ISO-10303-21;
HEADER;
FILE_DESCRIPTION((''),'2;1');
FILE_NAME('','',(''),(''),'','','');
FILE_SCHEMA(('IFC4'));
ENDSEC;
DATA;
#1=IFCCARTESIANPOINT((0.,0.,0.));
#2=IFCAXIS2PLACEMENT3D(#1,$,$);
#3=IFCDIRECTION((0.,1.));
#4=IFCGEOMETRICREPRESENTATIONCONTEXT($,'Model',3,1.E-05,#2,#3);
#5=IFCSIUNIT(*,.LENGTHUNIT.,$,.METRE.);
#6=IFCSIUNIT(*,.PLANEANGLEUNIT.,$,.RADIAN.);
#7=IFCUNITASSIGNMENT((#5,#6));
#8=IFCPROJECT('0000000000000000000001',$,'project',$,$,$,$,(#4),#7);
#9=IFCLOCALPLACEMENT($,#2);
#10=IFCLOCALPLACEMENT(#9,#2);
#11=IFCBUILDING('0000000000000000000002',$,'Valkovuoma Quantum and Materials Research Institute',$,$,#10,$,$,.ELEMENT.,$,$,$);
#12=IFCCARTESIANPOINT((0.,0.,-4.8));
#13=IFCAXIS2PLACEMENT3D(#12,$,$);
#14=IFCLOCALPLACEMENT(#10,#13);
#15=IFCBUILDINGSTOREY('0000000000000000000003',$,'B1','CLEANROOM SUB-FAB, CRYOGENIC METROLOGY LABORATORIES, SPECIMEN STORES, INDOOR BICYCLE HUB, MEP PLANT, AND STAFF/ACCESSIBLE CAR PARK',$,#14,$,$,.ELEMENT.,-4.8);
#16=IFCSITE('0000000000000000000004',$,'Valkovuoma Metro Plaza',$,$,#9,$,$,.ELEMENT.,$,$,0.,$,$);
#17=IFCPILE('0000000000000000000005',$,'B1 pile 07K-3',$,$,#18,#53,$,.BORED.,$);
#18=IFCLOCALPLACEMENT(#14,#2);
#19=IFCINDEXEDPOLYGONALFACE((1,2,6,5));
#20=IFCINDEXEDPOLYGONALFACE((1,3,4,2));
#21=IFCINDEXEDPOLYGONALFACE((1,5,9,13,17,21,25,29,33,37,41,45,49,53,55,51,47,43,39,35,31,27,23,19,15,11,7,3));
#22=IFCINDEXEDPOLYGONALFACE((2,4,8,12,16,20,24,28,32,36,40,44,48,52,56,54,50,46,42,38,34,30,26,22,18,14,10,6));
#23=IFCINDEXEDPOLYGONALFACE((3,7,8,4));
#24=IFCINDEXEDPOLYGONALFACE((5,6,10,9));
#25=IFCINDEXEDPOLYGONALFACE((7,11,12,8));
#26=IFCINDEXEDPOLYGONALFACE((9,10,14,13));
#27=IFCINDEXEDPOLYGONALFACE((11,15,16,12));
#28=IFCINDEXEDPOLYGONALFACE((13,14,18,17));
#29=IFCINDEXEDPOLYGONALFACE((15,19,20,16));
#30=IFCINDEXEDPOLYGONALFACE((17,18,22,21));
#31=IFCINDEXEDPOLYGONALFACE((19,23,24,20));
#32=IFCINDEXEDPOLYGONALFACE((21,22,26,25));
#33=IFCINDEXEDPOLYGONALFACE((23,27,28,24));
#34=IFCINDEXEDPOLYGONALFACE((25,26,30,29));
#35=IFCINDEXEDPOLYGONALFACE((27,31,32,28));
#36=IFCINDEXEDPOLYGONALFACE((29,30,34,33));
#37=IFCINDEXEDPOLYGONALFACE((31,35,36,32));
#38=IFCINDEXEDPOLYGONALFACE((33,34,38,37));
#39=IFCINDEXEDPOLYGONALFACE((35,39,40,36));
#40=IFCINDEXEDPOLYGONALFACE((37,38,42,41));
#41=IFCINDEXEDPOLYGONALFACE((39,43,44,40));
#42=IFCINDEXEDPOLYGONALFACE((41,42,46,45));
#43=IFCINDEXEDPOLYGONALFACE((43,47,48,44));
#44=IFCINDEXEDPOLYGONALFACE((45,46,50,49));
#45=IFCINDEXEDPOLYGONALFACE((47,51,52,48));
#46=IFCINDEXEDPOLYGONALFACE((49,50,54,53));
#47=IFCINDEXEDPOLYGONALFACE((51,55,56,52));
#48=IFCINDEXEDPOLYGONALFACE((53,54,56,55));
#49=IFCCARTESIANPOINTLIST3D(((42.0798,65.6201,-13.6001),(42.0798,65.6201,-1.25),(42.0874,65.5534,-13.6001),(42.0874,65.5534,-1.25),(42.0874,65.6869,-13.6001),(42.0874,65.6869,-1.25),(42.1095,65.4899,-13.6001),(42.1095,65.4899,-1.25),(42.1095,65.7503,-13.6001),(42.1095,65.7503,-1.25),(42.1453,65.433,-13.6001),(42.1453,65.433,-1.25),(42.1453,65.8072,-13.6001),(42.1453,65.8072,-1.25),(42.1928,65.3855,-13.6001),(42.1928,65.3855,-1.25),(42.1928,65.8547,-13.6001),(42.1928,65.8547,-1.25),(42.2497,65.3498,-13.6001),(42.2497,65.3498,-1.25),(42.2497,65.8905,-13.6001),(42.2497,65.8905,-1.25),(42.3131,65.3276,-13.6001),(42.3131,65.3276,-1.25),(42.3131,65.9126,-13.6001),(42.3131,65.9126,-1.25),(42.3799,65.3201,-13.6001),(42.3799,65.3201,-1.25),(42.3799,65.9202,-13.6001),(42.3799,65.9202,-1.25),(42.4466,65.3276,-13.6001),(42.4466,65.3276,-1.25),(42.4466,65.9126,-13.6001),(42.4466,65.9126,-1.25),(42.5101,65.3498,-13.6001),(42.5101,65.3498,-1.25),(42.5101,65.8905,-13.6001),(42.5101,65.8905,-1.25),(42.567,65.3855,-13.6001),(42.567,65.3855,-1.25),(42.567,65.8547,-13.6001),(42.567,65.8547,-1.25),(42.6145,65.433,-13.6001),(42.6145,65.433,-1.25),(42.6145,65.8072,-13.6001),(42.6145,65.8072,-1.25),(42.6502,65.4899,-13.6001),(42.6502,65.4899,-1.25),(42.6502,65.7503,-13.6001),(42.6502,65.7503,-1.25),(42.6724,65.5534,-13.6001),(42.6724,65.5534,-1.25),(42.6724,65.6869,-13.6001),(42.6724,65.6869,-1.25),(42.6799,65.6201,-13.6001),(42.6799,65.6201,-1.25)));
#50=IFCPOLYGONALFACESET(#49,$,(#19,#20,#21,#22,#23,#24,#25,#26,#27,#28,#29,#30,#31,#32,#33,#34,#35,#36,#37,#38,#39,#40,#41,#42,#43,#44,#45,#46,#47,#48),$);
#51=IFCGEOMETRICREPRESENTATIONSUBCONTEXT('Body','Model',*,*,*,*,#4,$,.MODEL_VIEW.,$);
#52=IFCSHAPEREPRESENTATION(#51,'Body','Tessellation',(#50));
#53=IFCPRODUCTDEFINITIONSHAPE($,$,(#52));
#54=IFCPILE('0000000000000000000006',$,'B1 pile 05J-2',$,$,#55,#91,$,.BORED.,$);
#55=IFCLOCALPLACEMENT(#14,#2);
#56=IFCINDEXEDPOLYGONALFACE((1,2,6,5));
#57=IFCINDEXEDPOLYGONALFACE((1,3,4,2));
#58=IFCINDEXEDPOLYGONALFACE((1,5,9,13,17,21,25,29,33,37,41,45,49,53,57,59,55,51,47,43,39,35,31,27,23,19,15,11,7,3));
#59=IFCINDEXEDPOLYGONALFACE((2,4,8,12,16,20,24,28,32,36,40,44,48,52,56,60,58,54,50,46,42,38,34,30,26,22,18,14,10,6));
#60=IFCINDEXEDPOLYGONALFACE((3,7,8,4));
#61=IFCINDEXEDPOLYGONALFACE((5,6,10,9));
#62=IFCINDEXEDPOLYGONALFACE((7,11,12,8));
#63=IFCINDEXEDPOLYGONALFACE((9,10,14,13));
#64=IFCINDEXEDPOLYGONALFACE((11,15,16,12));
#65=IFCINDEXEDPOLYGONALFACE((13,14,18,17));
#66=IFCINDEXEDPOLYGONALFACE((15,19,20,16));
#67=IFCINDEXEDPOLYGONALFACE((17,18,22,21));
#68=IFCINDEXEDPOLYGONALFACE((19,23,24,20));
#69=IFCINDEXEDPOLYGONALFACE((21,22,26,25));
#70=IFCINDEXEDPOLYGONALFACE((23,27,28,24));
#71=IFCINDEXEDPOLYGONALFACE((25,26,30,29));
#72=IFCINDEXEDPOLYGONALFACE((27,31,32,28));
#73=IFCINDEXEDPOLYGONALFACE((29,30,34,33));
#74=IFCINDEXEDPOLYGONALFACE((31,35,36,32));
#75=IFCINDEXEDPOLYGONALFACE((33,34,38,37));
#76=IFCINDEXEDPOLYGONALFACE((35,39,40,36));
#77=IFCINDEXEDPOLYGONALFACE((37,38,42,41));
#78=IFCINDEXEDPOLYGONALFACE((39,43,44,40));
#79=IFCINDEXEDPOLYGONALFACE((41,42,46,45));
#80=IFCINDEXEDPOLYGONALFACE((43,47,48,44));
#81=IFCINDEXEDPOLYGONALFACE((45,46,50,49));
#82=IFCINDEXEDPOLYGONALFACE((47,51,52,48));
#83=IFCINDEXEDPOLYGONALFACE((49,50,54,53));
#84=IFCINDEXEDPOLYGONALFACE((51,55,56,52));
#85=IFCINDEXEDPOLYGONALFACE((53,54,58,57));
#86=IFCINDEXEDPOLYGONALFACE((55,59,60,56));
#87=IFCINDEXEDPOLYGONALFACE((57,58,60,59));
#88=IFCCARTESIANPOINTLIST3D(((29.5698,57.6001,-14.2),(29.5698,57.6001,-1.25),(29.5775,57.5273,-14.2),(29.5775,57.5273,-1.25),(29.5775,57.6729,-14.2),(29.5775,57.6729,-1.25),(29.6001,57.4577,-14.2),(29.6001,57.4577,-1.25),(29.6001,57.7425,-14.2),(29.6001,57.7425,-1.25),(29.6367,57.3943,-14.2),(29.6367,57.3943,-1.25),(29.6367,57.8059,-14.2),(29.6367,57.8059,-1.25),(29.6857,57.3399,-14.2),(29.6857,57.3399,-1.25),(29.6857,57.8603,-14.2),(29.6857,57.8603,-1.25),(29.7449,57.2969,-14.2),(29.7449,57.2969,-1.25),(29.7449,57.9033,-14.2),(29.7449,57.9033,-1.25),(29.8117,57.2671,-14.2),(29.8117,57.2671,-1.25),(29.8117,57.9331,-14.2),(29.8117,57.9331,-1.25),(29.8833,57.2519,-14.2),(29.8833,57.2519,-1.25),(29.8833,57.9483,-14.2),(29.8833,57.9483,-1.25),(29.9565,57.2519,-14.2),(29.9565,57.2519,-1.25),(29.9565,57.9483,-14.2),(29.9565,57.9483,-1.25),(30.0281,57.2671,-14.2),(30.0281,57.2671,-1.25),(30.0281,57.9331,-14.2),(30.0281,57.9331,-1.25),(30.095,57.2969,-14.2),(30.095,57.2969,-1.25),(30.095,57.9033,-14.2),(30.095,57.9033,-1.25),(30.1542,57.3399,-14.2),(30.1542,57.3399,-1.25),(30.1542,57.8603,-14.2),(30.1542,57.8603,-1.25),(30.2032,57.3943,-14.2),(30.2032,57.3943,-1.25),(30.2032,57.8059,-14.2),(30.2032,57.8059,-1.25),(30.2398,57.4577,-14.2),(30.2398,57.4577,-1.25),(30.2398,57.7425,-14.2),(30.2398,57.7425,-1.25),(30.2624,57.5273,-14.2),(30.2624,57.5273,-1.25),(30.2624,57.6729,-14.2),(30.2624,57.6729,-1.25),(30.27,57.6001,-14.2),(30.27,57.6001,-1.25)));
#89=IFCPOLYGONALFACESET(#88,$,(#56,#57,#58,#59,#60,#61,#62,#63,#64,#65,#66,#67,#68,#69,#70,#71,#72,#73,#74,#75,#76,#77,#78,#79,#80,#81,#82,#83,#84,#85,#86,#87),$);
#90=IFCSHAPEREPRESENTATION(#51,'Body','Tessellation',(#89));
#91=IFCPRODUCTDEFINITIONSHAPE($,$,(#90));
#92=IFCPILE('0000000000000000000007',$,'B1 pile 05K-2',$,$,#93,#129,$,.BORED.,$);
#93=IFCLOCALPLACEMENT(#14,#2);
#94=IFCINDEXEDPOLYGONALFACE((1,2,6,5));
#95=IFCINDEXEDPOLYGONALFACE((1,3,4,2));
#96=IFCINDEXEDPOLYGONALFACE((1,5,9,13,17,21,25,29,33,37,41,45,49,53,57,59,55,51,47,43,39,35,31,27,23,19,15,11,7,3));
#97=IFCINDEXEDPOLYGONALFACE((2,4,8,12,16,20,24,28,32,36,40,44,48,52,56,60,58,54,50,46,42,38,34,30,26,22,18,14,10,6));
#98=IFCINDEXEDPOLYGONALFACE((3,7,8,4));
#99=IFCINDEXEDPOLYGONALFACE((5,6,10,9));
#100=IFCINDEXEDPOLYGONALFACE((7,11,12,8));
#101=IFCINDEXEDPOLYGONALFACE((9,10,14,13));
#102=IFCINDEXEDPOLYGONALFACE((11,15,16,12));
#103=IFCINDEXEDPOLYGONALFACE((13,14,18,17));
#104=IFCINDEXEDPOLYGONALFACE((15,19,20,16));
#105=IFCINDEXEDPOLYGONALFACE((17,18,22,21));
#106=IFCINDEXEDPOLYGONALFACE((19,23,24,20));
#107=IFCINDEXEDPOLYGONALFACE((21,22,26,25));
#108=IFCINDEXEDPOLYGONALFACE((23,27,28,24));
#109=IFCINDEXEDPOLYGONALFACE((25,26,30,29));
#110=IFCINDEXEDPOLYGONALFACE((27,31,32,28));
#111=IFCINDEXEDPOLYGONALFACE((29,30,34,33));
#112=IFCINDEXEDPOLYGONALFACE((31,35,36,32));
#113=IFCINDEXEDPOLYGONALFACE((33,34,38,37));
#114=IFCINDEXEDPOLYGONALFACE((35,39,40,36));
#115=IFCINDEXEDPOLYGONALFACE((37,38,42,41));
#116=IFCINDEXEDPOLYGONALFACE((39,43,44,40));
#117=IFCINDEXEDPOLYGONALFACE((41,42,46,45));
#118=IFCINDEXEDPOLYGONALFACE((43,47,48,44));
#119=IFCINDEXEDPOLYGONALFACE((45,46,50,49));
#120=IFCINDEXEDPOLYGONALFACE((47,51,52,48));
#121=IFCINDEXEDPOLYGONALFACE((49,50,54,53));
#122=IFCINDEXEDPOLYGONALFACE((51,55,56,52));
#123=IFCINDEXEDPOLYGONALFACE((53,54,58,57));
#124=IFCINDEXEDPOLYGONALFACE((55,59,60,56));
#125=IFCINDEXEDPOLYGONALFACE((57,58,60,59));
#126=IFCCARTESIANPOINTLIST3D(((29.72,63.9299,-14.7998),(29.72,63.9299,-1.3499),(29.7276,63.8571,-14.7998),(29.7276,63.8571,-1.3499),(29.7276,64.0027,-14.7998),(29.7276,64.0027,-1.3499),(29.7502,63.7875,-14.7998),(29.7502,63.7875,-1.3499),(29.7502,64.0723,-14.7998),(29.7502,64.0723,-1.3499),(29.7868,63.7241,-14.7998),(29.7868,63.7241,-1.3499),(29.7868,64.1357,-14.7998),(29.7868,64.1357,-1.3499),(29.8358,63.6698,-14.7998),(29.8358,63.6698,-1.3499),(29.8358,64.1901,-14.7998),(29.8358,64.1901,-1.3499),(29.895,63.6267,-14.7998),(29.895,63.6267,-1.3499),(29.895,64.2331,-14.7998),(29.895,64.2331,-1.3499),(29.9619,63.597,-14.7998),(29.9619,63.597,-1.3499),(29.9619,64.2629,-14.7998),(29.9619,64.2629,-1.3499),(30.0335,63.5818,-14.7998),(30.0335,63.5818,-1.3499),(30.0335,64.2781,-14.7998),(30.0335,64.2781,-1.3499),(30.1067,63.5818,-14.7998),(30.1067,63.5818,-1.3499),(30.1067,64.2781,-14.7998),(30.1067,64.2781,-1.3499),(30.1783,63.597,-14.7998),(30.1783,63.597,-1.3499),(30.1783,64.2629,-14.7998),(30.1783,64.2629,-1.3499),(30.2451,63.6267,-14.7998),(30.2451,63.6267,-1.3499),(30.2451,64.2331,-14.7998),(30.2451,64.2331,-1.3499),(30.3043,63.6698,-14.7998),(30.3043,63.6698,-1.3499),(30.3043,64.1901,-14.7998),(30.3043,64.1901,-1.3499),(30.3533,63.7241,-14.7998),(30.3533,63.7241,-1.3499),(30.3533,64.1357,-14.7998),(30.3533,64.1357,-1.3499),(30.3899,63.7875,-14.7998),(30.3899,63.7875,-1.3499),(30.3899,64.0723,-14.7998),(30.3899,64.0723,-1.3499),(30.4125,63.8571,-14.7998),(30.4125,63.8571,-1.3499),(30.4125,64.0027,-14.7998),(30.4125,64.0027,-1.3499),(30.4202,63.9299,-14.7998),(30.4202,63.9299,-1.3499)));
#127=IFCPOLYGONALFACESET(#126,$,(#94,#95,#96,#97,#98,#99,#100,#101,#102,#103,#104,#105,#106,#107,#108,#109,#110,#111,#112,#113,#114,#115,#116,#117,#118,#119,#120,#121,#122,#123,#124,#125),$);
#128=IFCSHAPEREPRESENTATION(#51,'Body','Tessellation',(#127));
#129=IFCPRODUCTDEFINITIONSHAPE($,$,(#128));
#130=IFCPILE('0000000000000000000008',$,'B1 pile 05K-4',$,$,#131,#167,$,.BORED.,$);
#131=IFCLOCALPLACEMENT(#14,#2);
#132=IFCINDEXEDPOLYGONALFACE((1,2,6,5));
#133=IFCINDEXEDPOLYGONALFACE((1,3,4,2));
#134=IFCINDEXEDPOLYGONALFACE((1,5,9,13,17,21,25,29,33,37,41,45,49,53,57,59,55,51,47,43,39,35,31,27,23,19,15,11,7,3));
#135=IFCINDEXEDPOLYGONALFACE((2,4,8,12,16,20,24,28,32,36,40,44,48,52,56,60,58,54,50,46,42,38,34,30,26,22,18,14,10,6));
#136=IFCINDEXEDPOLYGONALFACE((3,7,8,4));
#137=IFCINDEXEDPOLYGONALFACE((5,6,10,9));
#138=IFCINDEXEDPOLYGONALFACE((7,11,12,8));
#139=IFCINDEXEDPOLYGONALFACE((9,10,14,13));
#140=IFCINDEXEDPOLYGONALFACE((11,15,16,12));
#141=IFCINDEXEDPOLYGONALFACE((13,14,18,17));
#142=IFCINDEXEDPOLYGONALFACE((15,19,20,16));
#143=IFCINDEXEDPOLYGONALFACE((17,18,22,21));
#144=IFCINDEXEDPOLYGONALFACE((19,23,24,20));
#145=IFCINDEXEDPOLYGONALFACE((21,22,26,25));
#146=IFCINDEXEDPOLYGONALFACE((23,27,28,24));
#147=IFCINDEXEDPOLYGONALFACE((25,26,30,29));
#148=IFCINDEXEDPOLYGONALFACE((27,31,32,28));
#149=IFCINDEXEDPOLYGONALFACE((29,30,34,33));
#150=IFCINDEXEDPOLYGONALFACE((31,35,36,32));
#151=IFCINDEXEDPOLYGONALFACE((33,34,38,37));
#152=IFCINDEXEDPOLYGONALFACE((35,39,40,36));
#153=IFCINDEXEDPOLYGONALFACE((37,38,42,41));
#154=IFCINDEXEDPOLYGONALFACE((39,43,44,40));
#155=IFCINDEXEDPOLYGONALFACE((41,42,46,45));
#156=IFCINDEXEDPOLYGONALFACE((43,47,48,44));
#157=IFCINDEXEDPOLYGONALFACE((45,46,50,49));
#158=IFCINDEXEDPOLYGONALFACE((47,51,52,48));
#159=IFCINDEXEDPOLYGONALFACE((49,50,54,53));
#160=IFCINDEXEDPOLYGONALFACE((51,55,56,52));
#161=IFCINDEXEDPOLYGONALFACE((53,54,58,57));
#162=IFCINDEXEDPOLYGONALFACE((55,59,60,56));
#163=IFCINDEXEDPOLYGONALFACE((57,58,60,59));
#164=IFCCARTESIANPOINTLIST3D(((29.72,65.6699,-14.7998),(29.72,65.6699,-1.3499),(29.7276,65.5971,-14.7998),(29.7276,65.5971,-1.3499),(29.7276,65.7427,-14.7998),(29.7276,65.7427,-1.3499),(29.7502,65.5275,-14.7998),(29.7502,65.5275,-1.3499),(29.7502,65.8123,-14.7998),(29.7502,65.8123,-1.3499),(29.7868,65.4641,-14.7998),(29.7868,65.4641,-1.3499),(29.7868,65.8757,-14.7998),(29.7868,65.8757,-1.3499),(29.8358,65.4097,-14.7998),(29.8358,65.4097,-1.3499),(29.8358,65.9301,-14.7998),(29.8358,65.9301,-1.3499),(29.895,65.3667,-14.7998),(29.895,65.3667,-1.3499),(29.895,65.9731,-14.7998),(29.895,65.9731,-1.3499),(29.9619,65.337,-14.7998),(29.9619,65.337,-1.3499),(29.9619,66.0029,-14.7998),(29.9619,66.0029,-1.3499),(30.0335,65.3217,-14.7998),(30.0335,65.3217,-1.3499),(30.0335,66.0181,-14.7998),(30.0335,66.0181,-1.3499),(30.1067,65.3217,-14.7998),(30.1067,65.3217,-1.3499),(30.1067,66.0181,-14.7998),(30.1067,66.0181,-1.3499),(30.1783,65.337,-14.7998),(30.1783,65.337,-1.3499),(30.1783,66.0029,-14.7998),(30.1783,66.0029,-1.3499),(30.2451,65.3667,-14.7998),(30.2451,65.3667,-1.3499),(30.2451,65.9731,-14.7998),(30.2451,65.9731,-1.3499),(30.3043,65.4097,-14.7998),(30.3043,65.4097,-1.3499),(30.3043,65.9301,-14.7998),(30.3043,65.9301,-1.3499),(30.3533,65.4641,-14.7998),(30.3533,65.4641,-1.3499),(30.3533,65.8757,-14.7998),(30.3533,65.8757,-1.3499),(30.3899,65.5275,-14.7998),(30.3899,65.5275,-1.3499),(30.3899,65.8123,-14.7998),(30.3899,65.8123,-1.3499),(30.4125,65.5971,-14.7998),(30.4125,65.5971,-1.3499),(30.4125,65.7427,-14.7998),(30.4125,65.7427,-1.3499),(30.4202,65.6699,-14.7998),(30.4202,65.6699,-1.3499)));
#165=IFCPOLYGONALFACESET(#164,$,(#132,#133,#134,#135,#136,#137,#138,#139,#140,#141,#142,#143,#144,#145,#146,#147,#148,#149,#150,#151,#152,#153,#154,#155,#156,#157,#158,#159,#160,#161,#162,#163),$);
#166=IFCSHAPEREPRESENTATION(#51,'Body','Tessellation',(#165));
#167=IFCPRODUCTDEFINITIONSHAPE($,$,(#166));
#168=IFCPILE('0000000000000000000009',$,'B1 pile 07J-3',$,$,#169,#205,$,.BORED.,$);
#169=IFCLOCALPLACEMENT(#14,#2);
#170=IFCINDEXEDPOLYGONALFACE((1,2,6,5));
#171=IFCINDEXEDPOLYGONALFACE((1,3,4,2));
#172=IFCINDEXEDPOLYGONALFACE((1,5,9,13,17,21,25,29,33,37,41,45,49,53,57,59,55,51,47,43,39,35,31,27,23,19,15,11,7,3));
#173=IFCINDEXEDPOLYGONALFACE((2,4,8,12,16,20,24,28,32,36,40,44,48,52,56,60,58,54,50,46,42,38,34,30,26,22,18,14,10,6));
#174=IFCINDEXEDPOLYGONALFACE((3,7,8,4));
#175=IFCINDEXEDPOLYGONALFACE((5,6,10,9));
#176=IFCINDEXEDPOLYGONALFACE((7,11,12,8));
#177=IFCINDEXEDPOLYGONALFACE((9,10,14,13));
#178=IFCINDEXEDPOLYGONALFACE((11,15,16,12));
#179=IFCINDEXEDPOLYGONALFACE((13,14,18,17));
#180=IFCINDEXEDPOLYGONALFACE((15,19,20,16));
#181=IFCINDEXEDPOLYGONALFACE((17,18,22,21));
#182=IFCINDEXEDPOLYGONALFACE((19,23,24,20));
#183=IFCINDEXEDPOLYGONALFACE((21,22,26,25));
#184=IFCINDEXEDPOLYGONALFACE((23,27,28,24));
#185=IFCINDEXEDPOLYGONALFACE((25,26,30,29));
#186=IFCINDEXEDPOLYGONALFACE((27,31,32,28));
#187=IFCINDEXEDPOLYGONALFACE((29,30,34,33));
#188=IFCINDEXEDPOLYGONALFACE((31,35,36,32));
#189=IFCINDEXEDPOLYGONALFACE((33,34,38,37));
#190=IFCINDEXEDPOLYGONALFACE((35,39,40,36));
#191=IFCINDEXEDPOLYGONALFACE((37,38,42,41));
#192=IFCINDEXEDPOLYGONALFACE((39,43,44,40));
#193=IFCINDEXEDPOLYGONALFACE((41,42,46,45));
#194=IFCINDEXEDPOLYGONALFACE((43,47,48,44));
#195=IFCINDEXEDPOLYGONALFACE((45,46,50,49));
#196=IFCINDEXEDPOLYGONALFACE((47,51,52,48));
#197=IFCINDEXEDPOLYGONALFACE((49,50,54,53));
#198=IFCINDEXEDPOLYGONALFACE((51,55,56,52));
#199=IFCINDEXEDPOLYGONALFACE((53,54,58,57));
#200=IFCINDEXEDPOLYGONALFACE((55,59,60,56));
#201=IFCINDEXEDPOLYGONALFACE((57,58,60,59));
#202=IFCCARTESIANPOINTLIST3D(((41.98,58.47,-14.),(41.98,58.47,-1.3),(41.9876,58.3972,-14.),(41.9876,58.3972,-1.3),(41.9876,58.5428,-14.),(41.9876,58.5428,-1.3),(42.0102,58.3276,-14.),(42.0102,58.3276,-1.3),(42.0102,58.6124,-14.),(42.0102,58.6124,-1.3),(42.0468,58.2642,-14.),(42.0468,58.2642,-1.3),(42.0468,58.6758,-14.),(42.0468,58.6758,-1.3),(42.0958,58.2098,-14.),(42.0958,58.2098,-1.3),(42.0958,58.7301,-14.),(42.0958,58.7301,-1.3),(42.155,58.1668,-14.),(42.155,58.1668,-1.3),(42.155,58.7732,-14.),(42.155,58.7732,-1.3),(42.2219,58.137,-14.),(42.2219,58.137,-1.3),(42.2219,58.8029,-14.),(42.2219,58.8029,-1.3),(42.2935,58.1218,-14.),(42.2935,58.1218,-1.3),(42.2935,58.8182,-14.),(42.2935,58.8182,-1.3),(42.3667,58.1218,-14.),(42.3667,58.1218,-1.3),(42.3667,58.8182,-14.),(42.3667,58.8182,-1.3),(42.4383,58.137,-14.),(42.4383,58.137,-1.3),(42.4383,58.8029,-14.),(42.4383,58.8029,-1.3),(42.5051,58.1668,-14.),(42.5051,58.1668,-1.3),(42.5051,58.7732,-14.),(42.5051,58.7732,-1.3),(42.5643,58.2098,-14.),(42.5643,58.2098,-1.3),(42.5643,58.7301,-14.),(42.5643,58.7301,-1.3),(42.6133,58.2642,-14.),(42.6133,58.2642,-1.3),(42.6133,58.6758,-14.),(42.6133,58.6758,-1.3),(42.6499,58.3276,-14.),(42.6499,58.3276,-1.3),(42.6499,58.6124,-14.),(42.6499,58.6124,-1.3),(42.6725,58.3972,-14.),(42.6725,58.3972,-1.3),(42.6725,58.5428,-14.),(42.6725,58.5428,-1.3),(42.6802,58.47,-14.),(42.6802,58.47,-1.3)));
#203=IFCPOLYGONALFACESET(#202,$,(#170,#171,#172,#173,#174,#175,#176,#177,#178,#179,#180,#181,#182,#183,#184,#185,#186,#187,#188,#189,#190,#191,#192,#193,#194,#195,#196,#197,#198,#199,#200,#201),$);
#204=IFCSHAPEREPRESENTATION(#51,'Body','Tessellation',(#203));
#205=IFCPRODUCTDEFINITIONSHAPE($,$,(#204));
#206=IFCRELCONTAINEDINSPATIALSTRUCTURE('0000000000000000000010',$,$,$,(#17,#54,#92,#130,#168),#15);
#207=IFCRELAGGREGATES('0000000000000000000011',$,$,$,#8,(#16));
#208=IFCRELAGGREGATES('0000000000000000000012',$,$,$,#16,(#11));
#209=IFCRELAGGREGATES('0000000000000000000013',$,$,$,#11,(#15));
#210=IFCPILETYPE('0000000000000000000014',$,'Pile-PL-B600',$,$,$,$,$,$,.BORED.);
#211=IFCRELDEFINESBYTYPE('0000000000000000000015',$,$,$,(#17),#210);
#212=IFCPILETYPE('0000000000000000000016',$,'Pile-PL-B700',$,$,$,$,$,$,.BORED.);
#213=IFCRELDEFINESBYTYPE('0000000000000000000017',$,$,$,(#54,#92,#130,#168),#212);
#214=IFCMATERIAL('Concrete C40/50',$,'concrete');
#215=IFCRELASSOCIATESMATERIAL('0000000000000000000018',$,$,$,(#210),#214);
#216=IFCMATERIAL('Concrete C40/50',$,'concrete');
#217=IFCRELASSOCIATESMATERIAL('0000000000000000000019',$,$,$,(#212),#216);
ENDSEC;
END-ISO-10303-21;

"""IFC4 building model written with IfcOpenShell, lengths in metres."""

from ifc_helpers import new_model, si_unit, direction, frame, origin, origin_2d, place, context, subcontext, project, spatial, circle, extrude, material, material_profile, profile_set, type_object, element, save


model = new_model("IFC4")

# Units and contexts
model_context = context("Model", 3, precision=1e-05, world=origin(), true_north=direction((0.0, 1.0)))
body_context = subcontext(model_context, "Body", "Model", "MODEL_VIEW")
ifc_project = project(units=[si_unit("LENGTHUNIT", "METRE"), si_unit("PLANEANGLEUNIT", "RADIAN")], contexts=[model_context])

# Site, building, storey
site_placement = place(None, origin())
site = spatial("IfcSite", under=ifc_project, at=site_placement, Name="Valkovuoma Metro Plaza", CompositionType="ELEMENT", RefElevation=0.0)
building_placement = place(site_placement, origin())
building = spatial("IfcBuilding", under=site, at=building_placement, Name="Valkovuoma Quantum and Materials Research Institute", CompositionType="ELEMENT")
storey_placement = place(building_placement, frame((0.0, 0.0, -4.8)))
storey = spatial("IfcBuildingStorey", under=building, at=storey_placement, Name="B1", Description="CLEANROOM SUB-FAB, CRYOGENIC METROLOGY LABORATORIES, SPECIMEN STORES, INDOOR BICYCLE HUB, MEP PLANT, AND STAFF/ACCESSIBLE CAR PARK", CompositionType="ELEMENT", Elevation=-4.8)

# Piles
ifc_material_1 = material(Name="Concrete C40/50", Category="concrete")
ifc_material_profile_1 = material_profile(ifc_material_1, circle(Radius=0.3, at=origin_2d()), Name="Concrete C40/50")
ifc_profile_set_1 = profile_set([ifc_material_profile_1], Name="Concrete C40/50")
pile_type_1 = type_object("IfcPileType", Name="Pile-PL-B600", PredefinedType="BORED", material=ifc_profile_set_1)
for number, where, z_axis, x_axis, name in (
    (1, (42.3799, 65.6201, -1.25), (0.0, 0.0, -1.0), (1.0, 0.0, 0.0), "B1 pile 07K-3"),
):
    element("IfcPile", number, at=place(storey_placement, frame(where, z_axis=z_axis, x_axis=x_axis)), inside=storey, type_object=pile_type_1, Name=name, PredefinedType="BORED", context=body_context, shape_type="SweptSolid", body=[
        extrude(circle(Radius=0.3, at=origin_2d()), origin(), (0.0, 0.0, 1.0), 12.3501),
    ])
ifc_material_2 = material(Name="Concrete C40/50", Category="concrete")
ifc_material_profile_2 = material_profile(ifc_material_2, circle(Radius=0.3501, at=origin_2d()), Name="Concrete C40/50")
ifc_profile_set_2 = profile_set([ifc_material_profile_2], Name="Concrete C40/50")
pile_type_2 = type_object("IfcPileType", Name="Pile-PL-B700", PredefinedType="BORED", material=ifc_profile_set_2)
pile_1_placement = place(storey_placement, frame((29.9199, 57.6001, -1.25), z_axis=(0.0, 0.0, -1.0), x_axis=(1.0, 0.0, 0.0)))
element("IfcPile", 2, at=pile_1_placement, inside=storey, type_object=pile_type_2, Name="B1 pile 05J-2", PredefinedType="BORED", context=body_context, shape_type="SweptSolid", body=[
    extrude(circle(Radius=0.3501, at=origin_2d()), origin(), (0.0, 0.0, 1.0), 12.95),
])
for number, where, z_axis, x_axis, name in (
    (3, (30.0701, 63.9299, -1.3499), (0.0, 0.0, -1.0), (1.0, 0.0, 0.0), "B1 pile 05K-2"),
    (4, (30.0701, 65.6699, -1.3499), (0.0, 0.0, -1.0), (1.0, 0.0, 0.0), "B1 pile 05K-4"),
):
    element("IfcPile", number, at=place(storey_placement, frame(where, z_axis=z_axis, x_axis=x_axis)), inside=storey, type_object=pile_type_2, Name=name, PredefinedType="BORED", context=body_context, shape_type="SweptSolid", body=[
        extrude(circle(Radius=0.3501, at=origin_2d()), origin(), (0.0, 0.0, 1.0), 13.45),
    ])
pile_2_placement = place(storey_placement, frame((42.3301, 58.47, -1.3), z_axis=(0.0, 0.0, -1.0), x_axis=(1.0, 0.0, 0.0)))
element("IfcPile", 5, at=pile_2_placement, inside=storey, type_object=pile_type_2, Name="B1 pile 07J-3", PredefinedType="BORED", context=body_context, shape_type="SweptSolid", body=[
    extrude(circle(Radius=0.3501, at=origin_2d()), origin(), (0.0, 0.0, 1.0), 12.7),
])

save(model, "model.ifc")
